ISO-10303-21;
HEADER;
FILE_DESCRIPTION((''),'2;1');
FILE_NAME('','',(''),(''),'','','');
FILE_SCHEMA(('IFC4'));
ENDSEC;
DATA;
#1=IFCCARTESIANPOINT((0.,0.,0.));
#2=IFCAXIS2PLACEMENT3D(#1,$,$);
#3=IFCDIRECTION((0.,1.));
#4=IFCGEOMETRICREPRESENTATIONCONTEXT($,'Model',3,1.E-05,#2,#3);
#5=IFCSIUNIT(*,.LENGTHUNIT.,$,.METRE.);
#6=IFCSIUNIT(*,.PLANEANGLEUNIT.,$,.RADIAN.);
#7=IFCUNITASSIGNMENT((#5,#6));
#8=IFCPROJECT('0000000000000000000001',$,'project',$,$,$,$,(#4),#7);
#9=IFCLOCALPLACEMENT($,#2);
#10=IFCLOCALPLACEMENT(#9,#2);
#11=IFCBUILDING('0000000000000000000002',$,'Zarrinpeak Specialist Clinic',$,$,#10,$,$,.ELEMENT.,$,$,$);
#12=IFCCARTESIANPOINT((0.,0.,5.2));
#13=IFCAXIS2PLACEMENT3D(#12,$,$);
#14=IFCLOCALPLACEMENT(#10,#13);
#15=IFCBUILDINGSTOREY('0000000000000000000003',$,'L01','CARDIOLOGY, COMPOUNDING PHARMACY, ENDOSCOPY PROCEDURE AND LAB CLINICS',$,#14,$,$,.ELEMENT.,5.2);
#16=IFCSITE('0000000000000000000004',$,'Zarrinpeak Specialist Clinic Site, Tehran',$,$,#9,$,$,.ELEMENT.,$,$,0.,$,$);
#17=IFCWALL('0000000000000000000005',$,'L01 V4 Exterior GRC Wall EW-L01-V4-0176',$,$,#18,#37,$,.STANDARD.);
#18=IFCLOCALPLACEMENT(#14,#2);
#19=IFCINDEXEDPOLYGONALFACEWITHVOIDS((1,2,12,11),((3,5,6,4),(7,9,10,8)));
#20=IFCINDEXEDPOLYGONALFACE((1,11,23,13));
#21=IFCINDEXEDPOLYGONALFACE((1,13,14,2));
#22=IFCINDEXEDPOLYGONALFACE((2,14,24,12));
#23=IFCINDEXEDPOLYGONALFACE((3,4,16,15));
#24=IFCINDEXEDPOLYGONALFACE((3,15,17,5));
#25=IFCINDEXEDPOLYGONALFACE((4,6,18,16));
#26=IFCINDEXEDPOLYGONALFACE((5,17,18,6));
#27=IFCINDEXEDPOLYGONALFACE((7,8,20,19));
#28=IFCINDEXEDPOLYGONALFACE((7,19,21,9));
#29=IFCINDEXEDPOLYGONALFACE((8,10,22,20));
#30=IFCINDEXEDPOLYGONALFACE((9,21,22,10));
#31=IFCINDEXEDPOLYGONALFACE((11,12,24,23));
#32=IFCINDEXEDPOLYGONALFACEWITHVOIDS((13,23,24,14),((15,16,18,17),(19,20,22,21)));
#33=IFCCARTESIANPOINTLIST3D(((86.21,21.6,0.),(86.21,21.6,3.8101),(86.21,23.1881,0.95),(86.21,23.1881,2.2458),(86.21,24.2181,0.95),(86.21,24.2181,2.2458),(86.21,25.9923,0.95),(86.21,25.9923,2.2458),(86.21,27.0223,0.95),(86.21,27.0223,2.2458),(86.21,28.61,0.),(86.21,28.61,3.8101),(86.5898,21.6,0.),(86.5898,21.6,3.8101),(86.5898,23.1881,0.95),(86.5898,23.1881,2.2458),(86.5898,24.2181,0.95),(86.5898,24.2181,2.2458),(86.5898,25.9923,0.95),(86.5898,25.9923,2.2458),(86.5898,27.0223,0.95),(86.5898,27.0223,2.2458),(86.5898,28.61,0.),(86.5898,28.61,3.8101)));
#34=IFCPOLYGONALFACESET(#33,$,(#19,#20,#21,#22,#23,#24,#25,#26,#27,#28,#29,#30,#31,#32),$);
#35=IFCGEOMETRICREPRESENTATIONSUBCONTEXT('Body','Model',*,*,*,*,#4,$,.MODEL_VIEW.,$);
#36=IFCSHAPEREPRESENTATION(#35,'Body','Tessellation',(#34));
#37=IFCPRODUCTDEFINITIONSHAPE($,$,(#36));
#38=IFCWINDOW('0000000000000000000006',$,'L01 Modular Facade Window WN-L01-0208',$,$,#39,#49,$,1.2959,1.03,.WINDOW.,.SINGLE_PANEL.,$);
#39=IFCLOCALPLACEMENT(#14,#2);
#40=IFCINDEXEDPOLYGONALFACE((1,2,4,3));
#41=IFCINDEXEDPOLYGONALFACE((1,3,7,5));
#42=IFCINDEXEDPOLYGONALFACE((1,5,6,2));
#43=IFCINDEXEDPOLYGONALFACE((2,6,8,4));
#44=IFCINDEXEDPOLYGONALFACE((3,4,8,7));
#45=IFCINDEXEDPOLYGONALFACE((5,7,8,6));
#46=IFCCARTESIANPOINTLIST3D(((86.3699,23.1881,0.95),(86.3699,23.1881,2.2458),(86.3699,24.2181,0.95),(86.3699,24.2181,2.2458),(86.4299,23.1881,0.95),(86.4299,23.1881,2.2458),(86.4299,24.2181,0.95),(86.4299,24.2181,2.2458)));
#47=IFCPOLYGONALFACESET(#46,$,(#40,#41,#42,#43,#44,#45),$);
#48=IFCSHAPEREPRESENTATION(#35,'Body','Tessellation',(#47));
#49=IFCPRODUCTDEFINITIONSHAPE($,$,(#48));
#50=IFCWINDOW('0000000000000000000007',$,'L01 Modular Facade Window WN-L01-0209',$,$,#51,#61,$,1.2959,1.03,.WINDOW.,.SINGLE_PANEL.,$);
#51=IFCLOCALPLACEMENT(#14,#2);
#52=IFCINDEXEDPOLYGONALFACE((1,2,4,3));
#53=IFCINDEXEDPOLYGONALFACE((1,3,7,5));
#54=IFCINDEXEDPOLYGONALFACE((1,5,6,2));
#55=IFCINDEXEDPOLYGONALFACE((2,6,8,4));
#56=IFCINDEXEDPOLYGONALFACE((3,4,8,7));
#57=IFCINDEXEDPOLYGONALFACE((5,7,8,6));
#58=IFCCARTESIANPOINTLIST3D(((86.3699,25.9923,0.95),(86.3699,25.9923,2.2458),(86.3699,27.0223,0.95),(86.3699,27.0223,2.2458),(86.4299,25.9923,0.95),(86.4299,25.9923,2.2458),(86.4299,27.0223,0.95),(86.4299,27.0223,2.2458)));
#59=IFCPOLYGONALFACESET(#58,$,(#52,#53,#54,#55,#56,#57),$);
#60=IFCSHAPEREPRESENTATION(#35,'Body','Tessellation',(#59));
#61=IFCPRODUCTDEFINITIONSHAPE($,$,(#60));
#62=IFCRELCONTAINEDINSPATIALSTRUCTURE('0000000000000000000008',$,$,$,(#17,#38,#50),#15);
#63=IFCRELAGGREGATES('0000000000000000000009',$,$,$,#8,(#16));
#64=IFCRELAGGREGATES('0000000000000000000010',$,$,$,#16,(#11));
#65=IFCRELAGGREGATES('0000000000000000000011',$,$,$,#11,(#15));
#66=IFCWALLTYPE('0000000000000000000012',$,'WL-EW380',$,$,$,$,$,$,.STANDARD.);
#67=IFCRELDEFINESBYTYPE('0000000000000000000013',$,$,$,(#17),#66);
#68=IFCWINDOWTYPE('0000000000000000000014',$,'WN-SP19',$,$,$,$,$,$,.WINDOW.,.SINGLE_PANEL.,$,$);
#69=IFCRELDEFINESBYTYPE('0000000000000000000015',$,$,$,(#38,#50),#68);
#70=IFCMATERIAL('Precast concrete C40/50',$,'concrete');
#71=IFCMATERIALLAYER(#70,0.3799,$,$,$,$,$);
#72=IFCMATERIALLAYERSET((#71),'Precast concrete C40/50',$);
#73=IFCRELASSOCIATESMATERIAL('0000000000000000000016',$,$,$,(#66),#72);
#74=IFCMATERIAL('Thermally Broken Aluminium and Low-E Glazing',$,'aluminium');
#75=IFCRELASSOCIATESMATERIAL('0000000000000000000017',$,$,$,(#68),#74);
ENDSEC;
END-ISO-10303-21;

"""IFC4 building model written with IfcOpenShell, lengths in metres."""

from ifc_helpers import new_model, si_unit, direction, frame, frame_2d, origin, place, context, subcontext, project, spatial, rectangle, extrude, material, layer, layer_set, type_object, element, fill, save


model = new_model("IFC4")

# Units and contexts
model_context = context("Model", 3, precision=1e-05, world=origin(), true_north=direction((0.0, 1.0)))
body_context = subcontext(model_context, "Body", "Model", "MODEL_VIEW")
ifc_project = project(units=[si_unit("LENGTHUNIT", "METRE"), si_unit("PLANEANGLEUNIT", "RADIAN")], contexts=[model_context])

# Site, building, storey
site_placement = place(None, origin())
site = spatial("IfcSite", under=ifc_project, at=site_placement, Name="Zarrinpeak Specialist Clinic Site, Tehran", CompositionType="ELEMENT", RefElevation=0.0)
building_placement = place(site_placement, origin())
building = spatial("IfcBuilding", under=site, at=building_placement, Name="Zarrinpeak Specialist Clinic", CompositionType="ELEMENT")
storey_placement = place(building_placement, frame((0.0, 0.0, 5.2)))
storey = spatial("IfcBuildingStorey", under=building, at=storey_placement, Name="L01", Description="CARDIOLOGY, COMPOUNDING PHARMACY, ENDOSCOPY PROCEDURE AND LAB CLINICS", CompositionType="ELEMENT", Elevation=5.2)

# Wall, openings, windows
ifc_material_1 = material(Name="Precast concrete C40/50", Category="concrete")
ifc_layer_1 = layer(ifc_material_1, 0.3799)
ifc_layer_set_1 = layer_set([ifc_layer_1], Name="Precast concrete C40/50")
wall_type = type_object("IfcWallType", Name="WL-EW380", PredefinedType="STANDARD", material=ifc_layer_set_1)
ifc_material_2 = material(Name="Thermally Broken Aluminium and Low-E Glazing", Category="aluminium")
wall_1_placement = place(storey_placement, frame((86.3999, 21.6001, 0.0), z_axis=(0.0, 0.0, 1.0), x_axis=(0.0, 1.0, 0.0)))
wall_1 = element("IfcWall", 1, at=wall_1_placement, inside=storey, type_object=wall_type, Name="L01 V4 Exterior GRC Wall EW-L01-V4-0176", PredefinedType="STANDARD", context=body_context, shape_type="SweptSolid", body=[
    extrude(rectangle(XDim=7.01, YDim=0.3799, at=frame_2d((3.5049, 0.0))), origin(), (0.0, 0.0, 1.0), 3.8101),
])
opening_1_placement = place(wall_1_placement, frame((1.5879, 0.0, 0.95)))
opening_1 = element("IfcOpeningElement", 2, at=opening_1_placement, cuts=wall_1, PredefinedType="OPENING", context=body_context, shape_type="SweptSolid", body=[
    extrude(rectangle(XDim=1.03, YDim=1.2959, at=frame_2d((0.5151, 0.6479))), frame((0.0, 0.2, 0.0), z_axis=(0.0, -1.0, 0.0), x_axis=(1.0, 0.0, 0.0)), (0.0, 0.0, 1.0), 0.3999),
])
opening_2_placement = place(wall_1_placement, frame((4.3921, 0.0, 0.95)))
opening_2 = element("IfcOpeningElement", 3, at=opening_2_placement, cuts=wall_1, PredefinedType="OPENING", context=body_context, shape_type="SweptSolid", body=[
    extrude(rectangle(XDim=1.03, YDim=1.2959, at=frame_2d((0.5151, 0.6479))), frame((0.0, 0.2, 0.0), z_axis=(0.0, -1.0, 0.0), x_axis=(1.0, 0.0, 0.0)), (0.0, 0.0, 1.0), 0.3999),
])
window_type_1 = type_object("IfcWindowType", Name="WN-SP19", PartitioningType="SINGLE_PANEL", PredefinedType="WINDOW", material=ifc_material_2)
window_1_placement = place(opening_1_placement, origin())
window_1 = element("IfcWindow", 4, at=window_1_placement, inside=storey, type_object=window_type_1, Name="L01 Modular Facade Window WN-L01-0208", OverallHeight=1.2959, OverallWidth=1.03, PartitioningType="SINGLE_PANEL", PredefinedType="WINDOW", context=body_context, shape_type="SweptSolid", body=[
    extrude(rectangle(XDim=1.03, YDim=1.2959, at=frame_2d((0.5151, 0.6479))), frame((0.0, 0.03, 0.0), z_axis=(0.0, -1.0, 0.0), x_axis=(1.0, 0.0, 0.0)), (0.0, 0.0, 1.0), 0.0601),
])
fill(opening_1, window_1)
window_2_placement = place(opening_2_placement, origin())
window_2 = element("IfcWindow", 5, at=window_2_placement, inside=storey, type_object=window_type_1, Name="L01 Modular Facade Window WN-L01-0209", OverallHeight=1.2959, OverallWidth=1.03, PartitioningType="SINGLE_PANEL", PredefinedType="WINDOW", context=body_context, shape_type="SweptSolid", body=[
    extrude(rectangle(XDim=1.03, YDim=1.2959, at=frame_2d((0.5151, 0.6479))), frame((0.0, 0.03, 0.0), z_axis=(0.0, -1.0, 0.0), x_axis=(1.0, 0.0, 0.0)), (0.0, 0.0, 1.0), 0.0601),
])
fill(opening_2, window_2)

save(model, "model.ifc")
